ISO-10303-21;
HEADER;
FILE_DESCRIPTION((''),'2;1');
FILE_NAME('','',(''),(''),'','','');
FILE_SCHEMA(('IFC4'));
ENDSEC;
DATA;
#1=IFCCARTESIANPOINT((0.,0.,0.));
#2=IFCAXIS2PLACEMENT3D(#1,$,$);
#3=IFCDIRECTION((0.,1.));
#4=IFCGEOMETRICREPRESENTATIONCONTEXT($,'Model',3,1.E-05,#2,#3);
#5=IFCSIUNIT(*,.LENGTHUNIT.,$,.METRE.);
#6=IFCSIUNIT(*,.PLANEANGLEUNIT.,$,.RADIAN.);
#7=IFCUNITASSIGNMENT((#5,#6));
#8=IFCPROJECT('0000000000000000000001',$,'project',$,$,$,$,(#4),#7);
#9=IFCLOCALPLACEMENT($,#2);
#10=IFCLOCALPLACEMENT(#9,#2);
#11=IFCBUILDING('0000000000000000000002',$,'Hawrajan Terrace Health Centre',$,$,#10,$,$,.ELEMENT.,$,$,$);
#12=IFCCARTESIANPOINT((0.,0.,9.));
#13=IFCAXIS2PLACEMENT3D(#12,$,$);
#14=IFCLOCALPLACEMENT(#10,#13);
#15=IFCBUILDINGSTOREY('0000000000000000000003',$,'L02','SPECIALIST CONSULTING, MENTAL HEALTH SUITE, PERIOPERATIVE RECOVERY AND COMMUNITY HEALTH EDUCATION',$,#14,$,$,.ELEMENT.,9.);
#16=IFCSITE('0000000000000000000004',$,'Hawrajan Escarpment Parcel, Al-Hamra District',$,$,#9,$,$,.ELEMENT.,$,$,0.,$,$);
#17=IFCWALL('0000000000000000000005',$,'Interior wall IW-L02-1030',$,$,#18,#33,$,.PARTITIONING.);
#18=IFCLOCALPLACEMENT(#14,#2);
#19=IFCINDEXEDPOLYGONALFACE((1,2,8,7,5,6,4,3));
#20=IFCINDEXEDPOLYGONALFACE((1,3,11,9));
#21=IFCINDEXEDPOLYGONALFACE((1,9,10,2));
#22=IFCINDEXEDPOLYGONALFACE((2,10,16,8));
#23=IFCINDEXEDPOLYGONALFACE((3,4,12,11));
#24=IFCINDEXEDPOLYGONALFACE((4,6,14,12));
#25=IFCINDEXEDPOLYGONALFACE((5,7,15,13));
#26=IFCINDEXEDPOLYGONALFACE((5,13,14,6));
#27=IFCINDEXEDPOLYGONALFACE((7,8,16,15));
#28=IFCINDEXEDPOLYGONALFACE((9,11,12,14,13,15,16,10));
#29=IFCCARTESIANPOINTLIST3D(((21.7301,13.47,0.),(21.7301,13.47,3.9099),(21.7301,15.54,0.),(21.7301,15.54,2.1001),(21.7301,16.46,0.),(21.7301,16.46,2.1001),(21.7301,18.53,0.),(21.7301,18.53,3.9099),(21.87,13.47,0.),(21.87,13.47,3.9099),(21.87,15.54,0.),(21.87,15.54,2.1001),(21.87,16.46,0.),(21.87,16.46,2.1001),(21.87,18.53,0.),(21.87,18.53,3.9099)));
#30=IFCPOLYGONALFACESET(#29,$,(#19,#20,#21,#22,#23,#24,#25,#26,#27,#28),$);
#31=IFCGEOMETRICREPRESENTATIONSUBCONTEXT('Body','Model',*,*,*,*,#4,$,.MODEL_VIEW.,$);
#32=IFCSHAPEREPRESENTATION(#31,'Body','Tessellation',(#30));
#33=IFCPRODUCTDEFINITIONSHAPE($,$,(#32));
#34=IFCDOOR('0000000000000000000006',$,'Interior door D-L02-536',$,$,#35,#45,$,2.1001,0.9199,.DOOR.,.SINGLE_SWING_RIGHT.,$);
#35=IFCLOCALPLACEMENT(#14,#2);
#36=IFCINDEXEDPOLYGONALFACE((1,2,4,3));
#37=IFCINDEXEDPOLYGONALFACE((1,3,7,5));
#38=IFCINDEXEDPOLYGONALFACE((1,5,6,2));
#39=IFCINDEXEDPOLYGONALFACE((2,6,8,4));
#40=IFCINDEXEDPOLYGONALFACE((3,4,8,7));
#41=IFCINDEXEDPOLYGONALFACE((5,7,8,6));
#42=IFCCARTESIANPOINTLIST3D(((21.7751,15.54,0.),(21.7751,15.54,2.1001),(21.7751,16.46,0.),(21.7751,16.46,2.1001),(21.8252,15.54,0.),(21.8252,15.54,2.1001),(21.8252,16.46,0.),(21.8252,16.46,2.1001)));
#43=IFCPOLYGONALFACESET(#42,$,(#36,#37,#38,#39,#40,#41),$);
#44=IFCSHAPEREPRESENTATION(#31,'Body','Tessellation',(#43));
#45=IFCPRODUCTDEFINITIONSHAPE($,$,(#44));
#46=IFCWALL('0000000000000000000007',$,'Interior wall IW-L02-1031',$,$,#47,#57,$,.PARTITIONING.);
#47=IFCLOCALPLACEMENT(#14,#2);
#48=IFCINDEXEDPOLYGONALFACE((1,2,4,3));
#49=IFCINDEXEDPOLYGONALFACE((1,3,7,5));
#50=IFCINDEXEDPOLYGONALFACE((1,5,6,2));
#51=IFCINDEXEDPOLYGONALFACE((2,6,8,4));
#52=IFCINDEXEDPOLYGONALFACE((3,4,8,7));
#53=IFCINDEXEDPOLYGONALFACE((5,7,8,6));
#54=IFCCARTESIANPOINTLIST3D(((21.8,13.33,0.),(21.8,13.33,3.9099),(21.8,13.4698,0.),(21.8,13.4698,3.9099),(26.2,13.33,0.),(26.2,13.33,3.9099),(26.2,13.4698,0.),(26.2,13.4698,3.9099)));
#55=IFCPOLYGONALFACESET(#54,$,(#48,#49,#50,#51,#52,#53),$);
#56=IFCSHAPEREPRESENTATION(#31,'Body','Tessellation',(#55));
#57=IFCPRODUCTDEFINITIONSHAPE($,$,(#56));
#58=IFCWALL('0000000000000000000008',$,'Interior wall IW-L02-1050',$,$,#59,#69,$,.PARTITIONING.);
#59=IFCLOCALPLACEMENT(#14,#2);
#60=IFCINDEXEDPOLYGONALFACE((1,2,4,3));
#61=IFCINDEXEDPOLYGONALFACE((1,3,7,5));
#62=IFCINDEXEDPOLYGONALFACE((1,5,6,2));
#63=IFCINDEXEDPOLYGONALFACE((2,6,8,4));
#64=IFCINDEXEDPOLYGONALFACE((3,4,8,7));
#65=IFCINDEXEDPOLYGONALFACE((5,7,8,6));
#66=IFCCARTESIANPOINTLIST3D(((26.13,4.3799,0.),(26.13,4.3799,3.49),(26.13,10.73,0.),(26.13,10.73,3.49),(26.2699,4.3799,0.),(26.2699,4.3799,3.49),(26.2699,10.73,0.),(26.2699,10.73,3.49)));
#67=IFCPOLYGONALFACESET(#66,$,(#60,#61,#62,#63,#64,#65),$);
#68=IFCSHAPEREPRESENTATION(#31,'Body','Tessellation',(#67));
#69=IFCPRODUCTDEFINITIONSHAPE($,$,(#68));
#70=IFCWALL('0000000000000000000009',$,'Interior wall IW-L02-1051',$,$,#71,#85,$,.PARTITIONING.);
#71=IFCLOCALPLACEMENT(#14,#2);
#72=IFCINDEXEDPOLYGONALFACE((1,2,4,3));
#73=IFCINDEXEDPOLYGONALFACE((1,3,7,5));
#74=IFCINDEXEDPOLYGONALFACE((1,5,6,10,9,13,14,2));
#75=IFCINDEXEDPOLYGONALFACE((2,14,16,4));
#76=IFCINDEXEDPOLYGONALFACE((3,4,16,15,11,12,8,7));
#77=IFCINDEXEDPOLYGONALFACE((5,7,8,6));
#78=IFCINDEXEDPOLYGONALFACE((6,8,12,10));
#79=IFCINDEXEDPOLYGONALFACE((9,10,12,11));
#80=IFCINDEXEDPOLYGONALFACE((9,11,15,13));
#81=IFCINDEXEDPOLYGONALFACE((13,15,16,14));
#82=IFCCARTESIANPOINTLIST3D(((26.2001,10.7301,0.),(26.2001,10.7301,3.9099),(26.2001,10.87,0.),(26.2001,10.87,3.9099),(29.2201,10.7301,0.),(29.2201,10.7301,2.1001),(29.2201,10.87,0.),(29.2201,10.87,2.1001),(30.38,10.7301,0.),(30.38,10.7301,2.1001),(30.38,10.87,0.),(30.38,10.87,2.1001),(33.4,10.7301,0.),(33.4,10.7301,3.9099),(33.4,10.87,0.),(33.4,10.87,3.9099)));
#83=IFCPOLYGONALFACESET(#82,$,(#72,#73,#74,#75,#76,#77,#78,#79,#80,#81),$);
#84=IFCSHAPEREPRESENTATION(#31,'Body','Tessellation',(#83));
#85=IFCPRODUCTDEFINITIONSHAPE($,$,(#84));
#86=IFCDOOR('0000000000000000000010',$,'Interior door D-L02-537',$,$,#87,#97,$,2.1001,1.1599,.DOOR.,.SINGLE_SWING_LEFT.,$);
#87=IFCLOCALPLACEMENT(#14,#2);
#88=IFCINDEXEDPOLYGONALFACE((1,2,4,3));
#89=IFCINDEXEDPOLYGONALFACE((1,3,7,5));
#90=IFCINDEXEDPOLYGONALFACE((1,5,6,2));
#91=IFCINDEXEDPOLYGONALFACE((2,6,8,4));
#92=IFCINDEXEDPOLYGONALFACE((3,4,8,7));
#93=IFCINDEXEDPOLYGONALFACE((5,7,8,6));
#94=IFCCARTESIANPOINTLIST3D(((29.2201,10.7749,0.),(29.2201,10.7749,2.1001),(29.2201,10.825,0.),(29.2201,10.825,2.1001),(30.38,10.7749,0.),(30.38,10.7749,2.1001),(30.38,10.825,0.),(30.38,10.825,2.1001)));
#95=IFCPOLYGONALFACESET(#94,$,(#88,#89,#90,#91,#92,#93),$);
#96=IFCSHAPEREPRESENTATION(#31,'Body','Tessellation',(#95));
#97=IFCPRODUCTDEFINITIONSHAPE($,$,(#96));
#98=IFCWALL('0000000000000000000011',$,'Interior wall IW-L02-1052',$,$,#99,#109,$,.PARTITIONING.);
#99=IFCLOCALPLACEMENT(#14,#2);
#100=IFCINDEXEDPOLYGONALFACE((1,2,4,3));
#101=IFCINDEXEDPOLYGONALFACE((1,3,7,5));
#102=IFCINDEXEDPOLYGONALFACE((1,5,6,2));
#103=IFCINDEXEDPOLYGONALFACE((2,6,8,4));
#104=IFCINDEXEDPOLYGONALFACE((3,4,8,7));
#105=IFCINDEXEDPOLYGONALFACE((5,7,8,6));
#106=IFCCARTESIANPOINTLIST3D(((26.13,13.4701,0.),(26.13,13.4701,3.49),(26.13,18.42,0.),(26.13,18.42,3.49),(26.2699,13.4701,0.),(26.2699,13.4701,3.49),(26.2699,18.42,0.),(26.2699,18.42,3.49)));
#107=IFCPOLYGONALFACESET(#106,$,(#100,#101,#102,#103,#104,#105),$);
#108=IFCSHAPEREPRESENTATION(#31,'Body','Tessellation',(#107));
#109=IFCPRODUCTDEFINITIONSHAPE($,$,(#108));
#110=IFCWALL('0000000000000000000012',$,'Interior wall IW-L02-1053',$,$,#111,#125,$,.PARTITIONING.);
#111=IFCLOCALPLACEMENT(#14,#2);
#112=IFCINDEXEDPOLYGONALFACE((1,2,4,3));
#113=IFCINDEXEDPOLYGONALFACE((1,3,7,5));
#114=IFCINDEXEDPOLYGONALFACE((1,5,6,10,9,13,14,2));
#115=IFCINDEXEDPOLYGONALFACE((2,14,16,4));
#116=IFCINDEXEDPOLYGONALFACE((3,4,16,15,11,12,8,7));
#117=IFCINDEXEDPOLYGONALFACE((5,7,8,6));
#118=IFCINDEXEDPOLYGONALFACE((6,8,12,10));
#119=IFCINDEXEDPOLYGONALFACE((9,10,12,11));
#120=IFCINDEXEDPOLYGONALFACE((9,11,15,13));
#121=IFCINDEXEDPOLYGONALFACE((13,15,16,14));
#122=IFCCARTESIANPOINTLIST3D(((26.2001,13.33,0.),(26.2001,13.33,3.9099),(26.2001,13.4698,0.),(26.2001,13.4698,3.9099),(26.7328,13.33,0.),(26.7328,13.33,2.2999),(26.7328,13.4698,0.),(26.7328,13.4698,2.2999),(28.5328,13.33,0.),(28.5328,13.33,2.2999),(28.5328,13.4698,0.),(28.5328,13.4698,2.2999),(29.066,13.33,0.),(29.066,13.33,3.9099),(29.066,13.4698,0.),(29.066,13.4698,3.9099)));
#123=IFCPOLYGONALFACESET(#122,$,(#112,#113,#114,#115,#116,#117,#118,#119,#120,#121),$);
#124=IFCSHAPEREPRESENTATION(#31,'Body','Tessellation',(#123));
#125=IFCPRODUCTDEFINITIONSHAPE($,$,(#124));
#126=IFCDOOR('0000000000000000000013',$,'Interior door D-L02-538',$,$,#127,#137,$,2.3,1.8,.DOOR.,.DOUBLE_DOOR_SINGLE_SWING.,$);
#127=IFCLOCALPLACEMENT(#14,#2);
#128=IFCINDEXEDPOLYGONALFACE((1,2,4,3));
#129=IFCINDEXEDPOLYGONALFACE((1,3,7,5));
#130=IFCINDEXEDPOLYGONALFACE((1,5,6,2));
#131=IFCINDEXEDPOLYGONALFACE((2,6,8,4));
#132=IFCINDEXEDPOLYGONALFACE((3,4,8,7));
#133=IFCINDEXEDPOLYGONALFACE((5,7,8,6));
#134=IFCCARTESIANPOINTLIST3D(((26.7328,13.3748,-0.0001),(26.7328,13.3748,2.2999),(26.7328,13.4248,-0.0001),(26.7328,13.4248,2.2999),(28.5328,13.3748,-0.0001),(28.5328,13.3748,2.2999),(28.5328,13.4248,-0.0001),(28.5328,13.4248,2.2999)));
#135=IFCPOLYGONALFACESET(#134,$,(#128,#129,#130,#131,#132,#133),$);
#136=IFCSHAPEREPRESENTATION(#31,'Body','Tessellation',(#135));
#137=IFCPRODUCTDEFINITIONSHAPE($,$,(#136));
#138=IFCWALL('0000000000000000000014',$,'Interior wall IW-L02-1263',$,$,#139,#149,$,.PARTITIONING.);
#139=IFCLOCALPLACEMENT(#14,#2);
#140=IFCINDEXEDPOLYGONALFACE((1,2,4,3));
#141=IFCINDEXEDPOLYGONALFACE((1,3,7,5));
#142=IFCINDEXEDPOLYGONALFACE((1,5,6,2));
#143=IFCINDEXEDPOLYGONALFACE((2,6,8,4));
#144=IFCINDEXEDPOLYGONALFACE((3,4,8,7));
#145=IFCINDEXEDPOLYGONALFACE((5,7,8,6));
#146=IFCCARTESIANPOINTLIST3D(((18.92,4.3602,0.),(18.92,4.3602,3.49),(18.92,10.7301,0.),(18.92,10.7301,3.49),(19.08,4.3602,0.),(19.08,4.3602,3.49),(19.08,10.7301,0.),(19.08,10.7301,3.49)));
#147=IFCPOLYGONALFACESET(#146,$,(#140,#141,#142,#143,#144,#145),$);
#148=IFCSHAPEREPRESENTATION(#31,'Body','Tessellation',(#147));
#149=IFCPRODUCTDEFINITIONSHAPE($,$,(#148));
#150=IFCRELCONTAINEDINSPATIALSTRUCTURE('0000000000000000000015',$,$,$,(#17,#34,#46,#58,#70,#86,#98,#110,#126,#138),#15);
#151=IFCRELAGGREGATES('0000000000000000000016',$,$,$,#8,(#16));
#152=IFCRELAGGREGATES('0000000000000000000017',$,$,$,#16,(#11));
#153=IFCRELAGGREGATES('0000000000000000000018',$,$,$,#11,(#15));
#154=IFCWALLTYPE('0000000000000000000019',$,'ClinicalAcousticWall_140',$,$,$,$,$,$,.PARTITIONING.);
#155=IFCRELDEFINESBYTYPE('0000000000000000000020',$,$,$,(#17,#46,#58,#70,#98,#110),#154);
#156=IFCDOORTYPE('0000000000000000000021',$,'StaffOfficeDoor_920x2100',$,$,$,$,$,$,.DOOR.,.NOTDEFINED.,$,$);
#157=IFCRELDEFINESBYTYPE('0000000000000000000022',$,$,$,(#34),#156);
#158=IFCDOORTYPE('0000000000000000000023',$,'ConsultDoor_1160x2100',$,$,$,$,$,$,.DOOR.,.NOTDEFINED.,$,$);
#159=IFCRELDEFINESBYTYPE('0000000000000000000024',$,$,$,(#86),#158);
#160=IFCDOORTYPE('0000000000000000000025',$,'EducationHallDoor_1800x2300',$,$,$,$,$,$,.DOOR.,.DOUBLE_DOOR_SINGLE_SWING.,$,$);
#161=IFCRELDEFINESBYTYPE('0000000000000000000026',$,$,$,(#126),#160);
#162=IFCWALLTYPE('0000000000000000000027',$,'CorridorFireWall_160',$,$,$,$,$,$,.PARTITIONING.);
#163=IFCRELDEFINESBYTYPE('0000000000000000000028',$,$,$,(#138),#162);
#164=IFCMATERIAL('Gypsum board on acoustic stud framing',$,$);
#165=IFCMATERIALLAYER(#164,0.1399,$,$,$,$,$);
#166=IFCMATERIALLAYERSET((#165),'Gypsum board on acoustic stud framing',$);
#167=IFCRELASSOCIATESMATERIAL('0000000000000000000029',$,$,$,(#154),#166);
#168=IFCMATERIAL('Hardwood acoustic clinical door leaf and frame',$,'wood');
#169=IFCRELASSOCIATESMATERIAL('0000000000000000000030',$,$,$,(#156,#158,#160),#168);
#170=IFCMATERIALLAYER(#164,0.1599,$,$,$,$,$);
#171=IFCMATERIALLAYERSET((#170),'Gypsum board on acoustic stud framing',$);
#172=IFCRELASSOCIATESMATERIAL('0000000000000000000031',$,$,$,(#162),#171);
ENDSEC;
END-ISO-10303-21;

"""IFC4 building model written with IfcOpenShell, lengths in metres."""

from ifc_helpers import new_model, si_unit, direction, frame, frame_2d, origin, place, context, subcontext, project, spatial, rectangle, extrude, material, layer, layer_set, type_object, element, fill, save


model = new_model("IFC4")

# Units and contexts
model_context = context("Model", 3, precision=1e-05, world=origin(), true_north=direction((0.0, 1.0)))
body_context = subcontext(model_context, "Body", "Model", "MODEL_VIEW")
ifc_project = project(units=[si_unit("LENGTHUNIT", "METRE"), si_unit("PLANEANGLEUNIT", "RADIAN")], contexts=[model_context])

# Site, building, storey
site_placement = place(None, origin())
site = spatial("IfcSite", under=ifc_project, at=site_placement, Name="Hawrajan Escarpment Parcel, Al-Hamra District", CompositionType="ELEMENT", RefElevation=0.0)
building_placement = place(site_placement, origin())
building = spatial("IfcBuilding", under=site, at=building_placement, Name="Hawrajan Terrace Health Centre", CompositionType="ELEMENT")
storey_placement = place(building_placement, frame((0.0, 0.0, 9.0)))
storey = spatial("IfcBuildingStorey", under=building, at=storey_placement, Name="L02", Description="SPECIALIST CONSULTING, MENTAL HEALTH SUITE, PERIOPERATIVE RECOVERY AND COMMUNITY HEALTH EDUCATION", CompositionType="ELEMENT", Elevation=9.0)

# Shared definitions
ifc_material_1 = material(Name="Gypsum board on acoustic stud framing")
ifc_layer_1 = layer(ifc_material_1, 0.1399)
ifc_layer_set_1 = layer_set([ifc_layer_1], Name="Gypsum board on acoustic stud framing")
wall_type_1 = type_object("IfcWallType", Name="ClinicalAcousticWall_140", PredefinedType="PARTITIONING", material=ifc_layer_set_1)
ifc_material_2 = material(Name="Hardwood acoustic clinical door leaf and frame", Category="wood")

# Wall, opening, door
wall_1_placement = place(storey_placement, frame((21.8, 13.47, 0.0), z_axis=(0.0, 0.0, 1.0), x_axis=(0.0, 1.0, 0.0)))
wall_1 = element("IfcWall", 1, at=wall_1_placement, inside=storey, type_object=wall_type_1, Name="Interior wall IW-L02-1030", PredefinedType="PARTITIONING", context=body_context, shape_type="SweptSolid", body=[
    extrude(rectangle(XDim=5.0601, YDim=0.1399, at=frame_2d((2.53, 0.0))), origin(), (0.0, 0.0, 1.0), 3.9099),
])
opening_1_placement = place(wall_1_placement, frame((2.0701, 0.0, 0.0)))
opening_1 = element("IfcOpeningElement", 2, at=opening_1_placement, cuts=wall_1, PredefinedType="OPENING", context=body_context, shape_type="SweptSolid", body=[
    extrude(rectangle(XDim=0.9199, YDim=2.1001, at=frame_2d((0.46, 1.05))), frame((0.0, 0.0798, 0.0), z_axis=(0.0, -1.0, 0.0), x_axis=(1.0, 0.0, 0.0)), (0.0, 0.0, 1.0), 0.1599),
])
door_type_1 = type_object("IfcDoorType", Name="StaffOfficeDoor_920x2100", OperationType="NOTDEFINED", PredefinedType="DOOR", material=ifc_material_2)
door_1_placement = place(opening_1_placement, origin())
door_1 = element("IfcDoor", 3, at=door_1_placement, inside=storey, type_object=door_type_1, Name="Interior door D-L02-536", OperationType="SINGLE_SWING_RIGHT", OverallHeight=2.1001, OverallWidth=0.9199, PredefinedType="DOOR", context=body_context, shape_type="SweptSolid", body=[
    extrude(rectangle(XDim=0.9199, YDim=2.1001, at=frame_2d((0.46, 1.05))), frame((0.0, 0.0249, 0.0), z_axis=(0.0, -1.0, 0.0), x_axis=(1.0, 0.0, 0.0)), (0.0, 0.0, 1.0), 0.05),
])
fill(opening_1, door_1)

# Wall
wall_2_placement = place(storey_placement, frame((21.8, 13.3999, 0.0), z_axis=(0.0, 0.0, 1.0), x_axis=(1.0, 0.0, 0.0)))
element("IfcWall", 4, at=wall_2_placement, inside=storey, type_object=wall_type_1, Name="Interior wall IW-L02-1031", PredefinedType="PARTITIONING", context=body_context, shape_type="SweptSolid", body=[
    extrude(rectangle(XDim=4.3999, YDim=0.1399, at=frame_2d((2.2, 0.0))), origin(), (0.0, 0.0, 1.0), 3.9099),
])

# Wall
wall_3_placement = place(storey_placement, frame((26.2, 4.3799, 0.0), z_axis=(0.0, 0.0, 1.0), x_axis=(0.0, 1.0, 0.0)))
element("IfcWall", 5, at=wall_3_placement, inside=storey, type_object=wall_type_1, Name="Interior wall IW-L02-1050", PredefinedType="PARTITIONING", context=body_context, shape_type="SweptSolid", body=[
    extrude(rectangle(XDim=6.3501, YDim=0.1399, at=frame_2d((3.175, 0.0))), origin(), (0.0, 0.0, 1.0), 3.49),
])

# Wall, opening, door
wall_4_placement = place(storey_placement, frame((26.2, 10.8, 0.0), z_axis=(0.0, 0.0, 1.0), x_axis=(1.0, 0.0, 0.0)))
wall_4 = element("IfcWall", 6, at=wall_4_placement, inside=storey, type_object=wall_type_1, Name="Interior wall IW-L02-1051", PredefinedType="PARTITIONING", context=body_context, shape_type="SweptSolid", body=[
    extrude(rectangle(XDim=7.2, YDim=0.1399, at=frame_2d((3.6001, 0.0))), origin(), (0.0, 0.0, 1.0), 3.9099),
])
opening_2_placement = place(wall_4_placement, frame((3.02, 0.0, 0.0)))
opening_2 = element("IfcOpeningElement", 7, at=opening_2_placement, cuts=wall_4, PredefinedType="OPENING", context=body_context, shape_type="SweptSolid", body=[
    extrude(rectangle(XDim=1.1599, YDim=2.1001, at=frame_2d((0.5801, 1.05))), frame((0.0, 0.0798, 0.0), z_axis=(0.0, -1.0, 0.0), x_axis=(1.0, 0.0, 0.0)), (0.0, 0.0, 1.0), 0.1599),
])
door_type_2 = type_object("IfcDoorType", Name="ConsultDoor_1160x2100", OperationType="NOTDEFINED", PredefinedType="DOOR", material=ifc_material_2)
door_2_placement = place(opening_2_placement, origin())
door_2 = element("IfcDoor", 8, at=door_2_placement, inside=storey, type_object=door_type_2, Name="Interior door D-L02-537", OperationType="SINGLE_SWING_LEFT", OverallHeight=2.1001, OverallWidth=1.1599, PredefinedType="DOOR", context=body_context, shape_type="SweptSolid", body=[
    extrude(rectangle(XDim=1.1599, YDim=2.1001, at=frame_2d((0.5801, 1.05))), frame((0.0, 0.0249, 0.0), z_axis=(0.0, -1.0, 0.0), x_axis=(1.0, 0.0, 0.0)), (0.0, 0.0, 1.0), 0.05),
])
fill(opening_2, door_2)

# Wall
wall_5_placement = place(storey_placement, frame((26.2, 13.47, 0.0), z_axis=(0.0, 0.0, 1.0), x_axis=(0.0, 1.0, 0.0)))
element("IfcWall", 9, at=wall_5_placement, inside=storey, type_object=wall_type_1, Name="Interior wall IW-L02-1052", PredefinedType="PARTITIONING", context=body_context, shape_type="SweptSolid", body=[
    extrude(rectangle(XDim=4.95, YDim=0.1399, at=frame_2d((2.4751, 0.0))), origin(), (0.0, 0.0, 1.0), 3.49),
])

# Wall, opening, door
wall_6_placement = place(storey_placement, frame((26.2, 13.3999, 0.0), z_axis=(0.0, 0.0, 1.0), x_axis=(1.0, 0.0, 0.0)))
wall_6 = element("IfcWall", 10, at=wall_6_placement, inside=storey, type_object=wall_type_1, Name="Interior wall IW-L02-1053", PredefinedType="PARTITIONING", context=body_context, shape_type="SweptSolid", body=[
    extrude(rectangle(XDim=2.866, YDim=0.1399, at=frame_2d((1.4331, 0.0))), origin(), (0.0, 0.0, 1.0), 3.9099),
])
opening_3_placement = place(wall_6_placement, frame((0.533, 0.0, 0.0)))
opening_3 = element("IfcOpeningElement", 11, at=opening_3_placement, cuts=wall_6, PredefinedType="OPENING", context=body_context, shape_type="SweptSolid", body=[
    extrude(rectangle(XDim=1.8, YDim=2.3, at=frame_2d((0.8999, 1.1499))), frame((0.0, 0.0798, 0.0), z_axis=(0.0, -1.0, 0.0), x_axis=(1.0, 0.0, 0.0)), (0.0, 0.0, 1.0), 0.1599),
])
door_type_3 = type_object("IfcDoorType", Name="EducationHallDoor_1800x2300", OperationType="DOUBLE_DOOR_SINGLE_SWING", PredefinedType="DOOR", material=ifc_material_2)
door_3_placement = place(opening_3_placement, origin())
door_3 = element("IfcDoor", 12, at=door_3_placement, inside=storey, type_object=door_type_3, Name="Interior door D-L02-538", OperationType="DOUBLE_DOOR_SINGLE_SWING", OverallHeight=2.3, OverallWidth=1.8, PredefinedType="DOOR", context=body_context, shape_type="SweptSolid", body=[
    extrude(rectangle(XDim=1.8, YDim=2.3, at=frame_2d((0.8999, 1.1499))), frame((0.0, 0.0249, 0.0), z_axis=(0.0, -1.0, 0.0), x_axis=(1.0, 0.0, 0.0)), (0.0, 0.0, 1.0), 0.05),
])
fill(opening_3, door_3)

# Wall
ifc_layer_2 = layer(ifc_material_1, 0.1599)
ifc_layer_set_2 = layer_set([ifc_layer_2], Name="Gypsum board on acoustic stud framing")
wall_type_2 = type_object("IfcWallType", Name="CorridorFireWall_160", PredefinedType="PARTITIONING", material=ifc_layer_set_2)
wall_7_placement = place(storey_placement, frame((19.0, 4.3601, 0.0), z_axis=(0.0, 0.0, 1.0), x_axis=(0.0, 1.0, 0.0)))
element("IfcWall", 13, at=wall_7_placement, inside=storey, type_object=wall_type_2, Name="Interior wall IW-L02-1263", PredefinedType="PARTITIONING", context=body_context, shape_type="SweptSolid", body=[
    extrude(rectangle(XDim=6.3699, YDim=0.1599, at=frame_2d((3.1851, 0.0))), origin(), (0.0, 0.0, 1.0), 3.49),
])

save(model, "model.ifc")
